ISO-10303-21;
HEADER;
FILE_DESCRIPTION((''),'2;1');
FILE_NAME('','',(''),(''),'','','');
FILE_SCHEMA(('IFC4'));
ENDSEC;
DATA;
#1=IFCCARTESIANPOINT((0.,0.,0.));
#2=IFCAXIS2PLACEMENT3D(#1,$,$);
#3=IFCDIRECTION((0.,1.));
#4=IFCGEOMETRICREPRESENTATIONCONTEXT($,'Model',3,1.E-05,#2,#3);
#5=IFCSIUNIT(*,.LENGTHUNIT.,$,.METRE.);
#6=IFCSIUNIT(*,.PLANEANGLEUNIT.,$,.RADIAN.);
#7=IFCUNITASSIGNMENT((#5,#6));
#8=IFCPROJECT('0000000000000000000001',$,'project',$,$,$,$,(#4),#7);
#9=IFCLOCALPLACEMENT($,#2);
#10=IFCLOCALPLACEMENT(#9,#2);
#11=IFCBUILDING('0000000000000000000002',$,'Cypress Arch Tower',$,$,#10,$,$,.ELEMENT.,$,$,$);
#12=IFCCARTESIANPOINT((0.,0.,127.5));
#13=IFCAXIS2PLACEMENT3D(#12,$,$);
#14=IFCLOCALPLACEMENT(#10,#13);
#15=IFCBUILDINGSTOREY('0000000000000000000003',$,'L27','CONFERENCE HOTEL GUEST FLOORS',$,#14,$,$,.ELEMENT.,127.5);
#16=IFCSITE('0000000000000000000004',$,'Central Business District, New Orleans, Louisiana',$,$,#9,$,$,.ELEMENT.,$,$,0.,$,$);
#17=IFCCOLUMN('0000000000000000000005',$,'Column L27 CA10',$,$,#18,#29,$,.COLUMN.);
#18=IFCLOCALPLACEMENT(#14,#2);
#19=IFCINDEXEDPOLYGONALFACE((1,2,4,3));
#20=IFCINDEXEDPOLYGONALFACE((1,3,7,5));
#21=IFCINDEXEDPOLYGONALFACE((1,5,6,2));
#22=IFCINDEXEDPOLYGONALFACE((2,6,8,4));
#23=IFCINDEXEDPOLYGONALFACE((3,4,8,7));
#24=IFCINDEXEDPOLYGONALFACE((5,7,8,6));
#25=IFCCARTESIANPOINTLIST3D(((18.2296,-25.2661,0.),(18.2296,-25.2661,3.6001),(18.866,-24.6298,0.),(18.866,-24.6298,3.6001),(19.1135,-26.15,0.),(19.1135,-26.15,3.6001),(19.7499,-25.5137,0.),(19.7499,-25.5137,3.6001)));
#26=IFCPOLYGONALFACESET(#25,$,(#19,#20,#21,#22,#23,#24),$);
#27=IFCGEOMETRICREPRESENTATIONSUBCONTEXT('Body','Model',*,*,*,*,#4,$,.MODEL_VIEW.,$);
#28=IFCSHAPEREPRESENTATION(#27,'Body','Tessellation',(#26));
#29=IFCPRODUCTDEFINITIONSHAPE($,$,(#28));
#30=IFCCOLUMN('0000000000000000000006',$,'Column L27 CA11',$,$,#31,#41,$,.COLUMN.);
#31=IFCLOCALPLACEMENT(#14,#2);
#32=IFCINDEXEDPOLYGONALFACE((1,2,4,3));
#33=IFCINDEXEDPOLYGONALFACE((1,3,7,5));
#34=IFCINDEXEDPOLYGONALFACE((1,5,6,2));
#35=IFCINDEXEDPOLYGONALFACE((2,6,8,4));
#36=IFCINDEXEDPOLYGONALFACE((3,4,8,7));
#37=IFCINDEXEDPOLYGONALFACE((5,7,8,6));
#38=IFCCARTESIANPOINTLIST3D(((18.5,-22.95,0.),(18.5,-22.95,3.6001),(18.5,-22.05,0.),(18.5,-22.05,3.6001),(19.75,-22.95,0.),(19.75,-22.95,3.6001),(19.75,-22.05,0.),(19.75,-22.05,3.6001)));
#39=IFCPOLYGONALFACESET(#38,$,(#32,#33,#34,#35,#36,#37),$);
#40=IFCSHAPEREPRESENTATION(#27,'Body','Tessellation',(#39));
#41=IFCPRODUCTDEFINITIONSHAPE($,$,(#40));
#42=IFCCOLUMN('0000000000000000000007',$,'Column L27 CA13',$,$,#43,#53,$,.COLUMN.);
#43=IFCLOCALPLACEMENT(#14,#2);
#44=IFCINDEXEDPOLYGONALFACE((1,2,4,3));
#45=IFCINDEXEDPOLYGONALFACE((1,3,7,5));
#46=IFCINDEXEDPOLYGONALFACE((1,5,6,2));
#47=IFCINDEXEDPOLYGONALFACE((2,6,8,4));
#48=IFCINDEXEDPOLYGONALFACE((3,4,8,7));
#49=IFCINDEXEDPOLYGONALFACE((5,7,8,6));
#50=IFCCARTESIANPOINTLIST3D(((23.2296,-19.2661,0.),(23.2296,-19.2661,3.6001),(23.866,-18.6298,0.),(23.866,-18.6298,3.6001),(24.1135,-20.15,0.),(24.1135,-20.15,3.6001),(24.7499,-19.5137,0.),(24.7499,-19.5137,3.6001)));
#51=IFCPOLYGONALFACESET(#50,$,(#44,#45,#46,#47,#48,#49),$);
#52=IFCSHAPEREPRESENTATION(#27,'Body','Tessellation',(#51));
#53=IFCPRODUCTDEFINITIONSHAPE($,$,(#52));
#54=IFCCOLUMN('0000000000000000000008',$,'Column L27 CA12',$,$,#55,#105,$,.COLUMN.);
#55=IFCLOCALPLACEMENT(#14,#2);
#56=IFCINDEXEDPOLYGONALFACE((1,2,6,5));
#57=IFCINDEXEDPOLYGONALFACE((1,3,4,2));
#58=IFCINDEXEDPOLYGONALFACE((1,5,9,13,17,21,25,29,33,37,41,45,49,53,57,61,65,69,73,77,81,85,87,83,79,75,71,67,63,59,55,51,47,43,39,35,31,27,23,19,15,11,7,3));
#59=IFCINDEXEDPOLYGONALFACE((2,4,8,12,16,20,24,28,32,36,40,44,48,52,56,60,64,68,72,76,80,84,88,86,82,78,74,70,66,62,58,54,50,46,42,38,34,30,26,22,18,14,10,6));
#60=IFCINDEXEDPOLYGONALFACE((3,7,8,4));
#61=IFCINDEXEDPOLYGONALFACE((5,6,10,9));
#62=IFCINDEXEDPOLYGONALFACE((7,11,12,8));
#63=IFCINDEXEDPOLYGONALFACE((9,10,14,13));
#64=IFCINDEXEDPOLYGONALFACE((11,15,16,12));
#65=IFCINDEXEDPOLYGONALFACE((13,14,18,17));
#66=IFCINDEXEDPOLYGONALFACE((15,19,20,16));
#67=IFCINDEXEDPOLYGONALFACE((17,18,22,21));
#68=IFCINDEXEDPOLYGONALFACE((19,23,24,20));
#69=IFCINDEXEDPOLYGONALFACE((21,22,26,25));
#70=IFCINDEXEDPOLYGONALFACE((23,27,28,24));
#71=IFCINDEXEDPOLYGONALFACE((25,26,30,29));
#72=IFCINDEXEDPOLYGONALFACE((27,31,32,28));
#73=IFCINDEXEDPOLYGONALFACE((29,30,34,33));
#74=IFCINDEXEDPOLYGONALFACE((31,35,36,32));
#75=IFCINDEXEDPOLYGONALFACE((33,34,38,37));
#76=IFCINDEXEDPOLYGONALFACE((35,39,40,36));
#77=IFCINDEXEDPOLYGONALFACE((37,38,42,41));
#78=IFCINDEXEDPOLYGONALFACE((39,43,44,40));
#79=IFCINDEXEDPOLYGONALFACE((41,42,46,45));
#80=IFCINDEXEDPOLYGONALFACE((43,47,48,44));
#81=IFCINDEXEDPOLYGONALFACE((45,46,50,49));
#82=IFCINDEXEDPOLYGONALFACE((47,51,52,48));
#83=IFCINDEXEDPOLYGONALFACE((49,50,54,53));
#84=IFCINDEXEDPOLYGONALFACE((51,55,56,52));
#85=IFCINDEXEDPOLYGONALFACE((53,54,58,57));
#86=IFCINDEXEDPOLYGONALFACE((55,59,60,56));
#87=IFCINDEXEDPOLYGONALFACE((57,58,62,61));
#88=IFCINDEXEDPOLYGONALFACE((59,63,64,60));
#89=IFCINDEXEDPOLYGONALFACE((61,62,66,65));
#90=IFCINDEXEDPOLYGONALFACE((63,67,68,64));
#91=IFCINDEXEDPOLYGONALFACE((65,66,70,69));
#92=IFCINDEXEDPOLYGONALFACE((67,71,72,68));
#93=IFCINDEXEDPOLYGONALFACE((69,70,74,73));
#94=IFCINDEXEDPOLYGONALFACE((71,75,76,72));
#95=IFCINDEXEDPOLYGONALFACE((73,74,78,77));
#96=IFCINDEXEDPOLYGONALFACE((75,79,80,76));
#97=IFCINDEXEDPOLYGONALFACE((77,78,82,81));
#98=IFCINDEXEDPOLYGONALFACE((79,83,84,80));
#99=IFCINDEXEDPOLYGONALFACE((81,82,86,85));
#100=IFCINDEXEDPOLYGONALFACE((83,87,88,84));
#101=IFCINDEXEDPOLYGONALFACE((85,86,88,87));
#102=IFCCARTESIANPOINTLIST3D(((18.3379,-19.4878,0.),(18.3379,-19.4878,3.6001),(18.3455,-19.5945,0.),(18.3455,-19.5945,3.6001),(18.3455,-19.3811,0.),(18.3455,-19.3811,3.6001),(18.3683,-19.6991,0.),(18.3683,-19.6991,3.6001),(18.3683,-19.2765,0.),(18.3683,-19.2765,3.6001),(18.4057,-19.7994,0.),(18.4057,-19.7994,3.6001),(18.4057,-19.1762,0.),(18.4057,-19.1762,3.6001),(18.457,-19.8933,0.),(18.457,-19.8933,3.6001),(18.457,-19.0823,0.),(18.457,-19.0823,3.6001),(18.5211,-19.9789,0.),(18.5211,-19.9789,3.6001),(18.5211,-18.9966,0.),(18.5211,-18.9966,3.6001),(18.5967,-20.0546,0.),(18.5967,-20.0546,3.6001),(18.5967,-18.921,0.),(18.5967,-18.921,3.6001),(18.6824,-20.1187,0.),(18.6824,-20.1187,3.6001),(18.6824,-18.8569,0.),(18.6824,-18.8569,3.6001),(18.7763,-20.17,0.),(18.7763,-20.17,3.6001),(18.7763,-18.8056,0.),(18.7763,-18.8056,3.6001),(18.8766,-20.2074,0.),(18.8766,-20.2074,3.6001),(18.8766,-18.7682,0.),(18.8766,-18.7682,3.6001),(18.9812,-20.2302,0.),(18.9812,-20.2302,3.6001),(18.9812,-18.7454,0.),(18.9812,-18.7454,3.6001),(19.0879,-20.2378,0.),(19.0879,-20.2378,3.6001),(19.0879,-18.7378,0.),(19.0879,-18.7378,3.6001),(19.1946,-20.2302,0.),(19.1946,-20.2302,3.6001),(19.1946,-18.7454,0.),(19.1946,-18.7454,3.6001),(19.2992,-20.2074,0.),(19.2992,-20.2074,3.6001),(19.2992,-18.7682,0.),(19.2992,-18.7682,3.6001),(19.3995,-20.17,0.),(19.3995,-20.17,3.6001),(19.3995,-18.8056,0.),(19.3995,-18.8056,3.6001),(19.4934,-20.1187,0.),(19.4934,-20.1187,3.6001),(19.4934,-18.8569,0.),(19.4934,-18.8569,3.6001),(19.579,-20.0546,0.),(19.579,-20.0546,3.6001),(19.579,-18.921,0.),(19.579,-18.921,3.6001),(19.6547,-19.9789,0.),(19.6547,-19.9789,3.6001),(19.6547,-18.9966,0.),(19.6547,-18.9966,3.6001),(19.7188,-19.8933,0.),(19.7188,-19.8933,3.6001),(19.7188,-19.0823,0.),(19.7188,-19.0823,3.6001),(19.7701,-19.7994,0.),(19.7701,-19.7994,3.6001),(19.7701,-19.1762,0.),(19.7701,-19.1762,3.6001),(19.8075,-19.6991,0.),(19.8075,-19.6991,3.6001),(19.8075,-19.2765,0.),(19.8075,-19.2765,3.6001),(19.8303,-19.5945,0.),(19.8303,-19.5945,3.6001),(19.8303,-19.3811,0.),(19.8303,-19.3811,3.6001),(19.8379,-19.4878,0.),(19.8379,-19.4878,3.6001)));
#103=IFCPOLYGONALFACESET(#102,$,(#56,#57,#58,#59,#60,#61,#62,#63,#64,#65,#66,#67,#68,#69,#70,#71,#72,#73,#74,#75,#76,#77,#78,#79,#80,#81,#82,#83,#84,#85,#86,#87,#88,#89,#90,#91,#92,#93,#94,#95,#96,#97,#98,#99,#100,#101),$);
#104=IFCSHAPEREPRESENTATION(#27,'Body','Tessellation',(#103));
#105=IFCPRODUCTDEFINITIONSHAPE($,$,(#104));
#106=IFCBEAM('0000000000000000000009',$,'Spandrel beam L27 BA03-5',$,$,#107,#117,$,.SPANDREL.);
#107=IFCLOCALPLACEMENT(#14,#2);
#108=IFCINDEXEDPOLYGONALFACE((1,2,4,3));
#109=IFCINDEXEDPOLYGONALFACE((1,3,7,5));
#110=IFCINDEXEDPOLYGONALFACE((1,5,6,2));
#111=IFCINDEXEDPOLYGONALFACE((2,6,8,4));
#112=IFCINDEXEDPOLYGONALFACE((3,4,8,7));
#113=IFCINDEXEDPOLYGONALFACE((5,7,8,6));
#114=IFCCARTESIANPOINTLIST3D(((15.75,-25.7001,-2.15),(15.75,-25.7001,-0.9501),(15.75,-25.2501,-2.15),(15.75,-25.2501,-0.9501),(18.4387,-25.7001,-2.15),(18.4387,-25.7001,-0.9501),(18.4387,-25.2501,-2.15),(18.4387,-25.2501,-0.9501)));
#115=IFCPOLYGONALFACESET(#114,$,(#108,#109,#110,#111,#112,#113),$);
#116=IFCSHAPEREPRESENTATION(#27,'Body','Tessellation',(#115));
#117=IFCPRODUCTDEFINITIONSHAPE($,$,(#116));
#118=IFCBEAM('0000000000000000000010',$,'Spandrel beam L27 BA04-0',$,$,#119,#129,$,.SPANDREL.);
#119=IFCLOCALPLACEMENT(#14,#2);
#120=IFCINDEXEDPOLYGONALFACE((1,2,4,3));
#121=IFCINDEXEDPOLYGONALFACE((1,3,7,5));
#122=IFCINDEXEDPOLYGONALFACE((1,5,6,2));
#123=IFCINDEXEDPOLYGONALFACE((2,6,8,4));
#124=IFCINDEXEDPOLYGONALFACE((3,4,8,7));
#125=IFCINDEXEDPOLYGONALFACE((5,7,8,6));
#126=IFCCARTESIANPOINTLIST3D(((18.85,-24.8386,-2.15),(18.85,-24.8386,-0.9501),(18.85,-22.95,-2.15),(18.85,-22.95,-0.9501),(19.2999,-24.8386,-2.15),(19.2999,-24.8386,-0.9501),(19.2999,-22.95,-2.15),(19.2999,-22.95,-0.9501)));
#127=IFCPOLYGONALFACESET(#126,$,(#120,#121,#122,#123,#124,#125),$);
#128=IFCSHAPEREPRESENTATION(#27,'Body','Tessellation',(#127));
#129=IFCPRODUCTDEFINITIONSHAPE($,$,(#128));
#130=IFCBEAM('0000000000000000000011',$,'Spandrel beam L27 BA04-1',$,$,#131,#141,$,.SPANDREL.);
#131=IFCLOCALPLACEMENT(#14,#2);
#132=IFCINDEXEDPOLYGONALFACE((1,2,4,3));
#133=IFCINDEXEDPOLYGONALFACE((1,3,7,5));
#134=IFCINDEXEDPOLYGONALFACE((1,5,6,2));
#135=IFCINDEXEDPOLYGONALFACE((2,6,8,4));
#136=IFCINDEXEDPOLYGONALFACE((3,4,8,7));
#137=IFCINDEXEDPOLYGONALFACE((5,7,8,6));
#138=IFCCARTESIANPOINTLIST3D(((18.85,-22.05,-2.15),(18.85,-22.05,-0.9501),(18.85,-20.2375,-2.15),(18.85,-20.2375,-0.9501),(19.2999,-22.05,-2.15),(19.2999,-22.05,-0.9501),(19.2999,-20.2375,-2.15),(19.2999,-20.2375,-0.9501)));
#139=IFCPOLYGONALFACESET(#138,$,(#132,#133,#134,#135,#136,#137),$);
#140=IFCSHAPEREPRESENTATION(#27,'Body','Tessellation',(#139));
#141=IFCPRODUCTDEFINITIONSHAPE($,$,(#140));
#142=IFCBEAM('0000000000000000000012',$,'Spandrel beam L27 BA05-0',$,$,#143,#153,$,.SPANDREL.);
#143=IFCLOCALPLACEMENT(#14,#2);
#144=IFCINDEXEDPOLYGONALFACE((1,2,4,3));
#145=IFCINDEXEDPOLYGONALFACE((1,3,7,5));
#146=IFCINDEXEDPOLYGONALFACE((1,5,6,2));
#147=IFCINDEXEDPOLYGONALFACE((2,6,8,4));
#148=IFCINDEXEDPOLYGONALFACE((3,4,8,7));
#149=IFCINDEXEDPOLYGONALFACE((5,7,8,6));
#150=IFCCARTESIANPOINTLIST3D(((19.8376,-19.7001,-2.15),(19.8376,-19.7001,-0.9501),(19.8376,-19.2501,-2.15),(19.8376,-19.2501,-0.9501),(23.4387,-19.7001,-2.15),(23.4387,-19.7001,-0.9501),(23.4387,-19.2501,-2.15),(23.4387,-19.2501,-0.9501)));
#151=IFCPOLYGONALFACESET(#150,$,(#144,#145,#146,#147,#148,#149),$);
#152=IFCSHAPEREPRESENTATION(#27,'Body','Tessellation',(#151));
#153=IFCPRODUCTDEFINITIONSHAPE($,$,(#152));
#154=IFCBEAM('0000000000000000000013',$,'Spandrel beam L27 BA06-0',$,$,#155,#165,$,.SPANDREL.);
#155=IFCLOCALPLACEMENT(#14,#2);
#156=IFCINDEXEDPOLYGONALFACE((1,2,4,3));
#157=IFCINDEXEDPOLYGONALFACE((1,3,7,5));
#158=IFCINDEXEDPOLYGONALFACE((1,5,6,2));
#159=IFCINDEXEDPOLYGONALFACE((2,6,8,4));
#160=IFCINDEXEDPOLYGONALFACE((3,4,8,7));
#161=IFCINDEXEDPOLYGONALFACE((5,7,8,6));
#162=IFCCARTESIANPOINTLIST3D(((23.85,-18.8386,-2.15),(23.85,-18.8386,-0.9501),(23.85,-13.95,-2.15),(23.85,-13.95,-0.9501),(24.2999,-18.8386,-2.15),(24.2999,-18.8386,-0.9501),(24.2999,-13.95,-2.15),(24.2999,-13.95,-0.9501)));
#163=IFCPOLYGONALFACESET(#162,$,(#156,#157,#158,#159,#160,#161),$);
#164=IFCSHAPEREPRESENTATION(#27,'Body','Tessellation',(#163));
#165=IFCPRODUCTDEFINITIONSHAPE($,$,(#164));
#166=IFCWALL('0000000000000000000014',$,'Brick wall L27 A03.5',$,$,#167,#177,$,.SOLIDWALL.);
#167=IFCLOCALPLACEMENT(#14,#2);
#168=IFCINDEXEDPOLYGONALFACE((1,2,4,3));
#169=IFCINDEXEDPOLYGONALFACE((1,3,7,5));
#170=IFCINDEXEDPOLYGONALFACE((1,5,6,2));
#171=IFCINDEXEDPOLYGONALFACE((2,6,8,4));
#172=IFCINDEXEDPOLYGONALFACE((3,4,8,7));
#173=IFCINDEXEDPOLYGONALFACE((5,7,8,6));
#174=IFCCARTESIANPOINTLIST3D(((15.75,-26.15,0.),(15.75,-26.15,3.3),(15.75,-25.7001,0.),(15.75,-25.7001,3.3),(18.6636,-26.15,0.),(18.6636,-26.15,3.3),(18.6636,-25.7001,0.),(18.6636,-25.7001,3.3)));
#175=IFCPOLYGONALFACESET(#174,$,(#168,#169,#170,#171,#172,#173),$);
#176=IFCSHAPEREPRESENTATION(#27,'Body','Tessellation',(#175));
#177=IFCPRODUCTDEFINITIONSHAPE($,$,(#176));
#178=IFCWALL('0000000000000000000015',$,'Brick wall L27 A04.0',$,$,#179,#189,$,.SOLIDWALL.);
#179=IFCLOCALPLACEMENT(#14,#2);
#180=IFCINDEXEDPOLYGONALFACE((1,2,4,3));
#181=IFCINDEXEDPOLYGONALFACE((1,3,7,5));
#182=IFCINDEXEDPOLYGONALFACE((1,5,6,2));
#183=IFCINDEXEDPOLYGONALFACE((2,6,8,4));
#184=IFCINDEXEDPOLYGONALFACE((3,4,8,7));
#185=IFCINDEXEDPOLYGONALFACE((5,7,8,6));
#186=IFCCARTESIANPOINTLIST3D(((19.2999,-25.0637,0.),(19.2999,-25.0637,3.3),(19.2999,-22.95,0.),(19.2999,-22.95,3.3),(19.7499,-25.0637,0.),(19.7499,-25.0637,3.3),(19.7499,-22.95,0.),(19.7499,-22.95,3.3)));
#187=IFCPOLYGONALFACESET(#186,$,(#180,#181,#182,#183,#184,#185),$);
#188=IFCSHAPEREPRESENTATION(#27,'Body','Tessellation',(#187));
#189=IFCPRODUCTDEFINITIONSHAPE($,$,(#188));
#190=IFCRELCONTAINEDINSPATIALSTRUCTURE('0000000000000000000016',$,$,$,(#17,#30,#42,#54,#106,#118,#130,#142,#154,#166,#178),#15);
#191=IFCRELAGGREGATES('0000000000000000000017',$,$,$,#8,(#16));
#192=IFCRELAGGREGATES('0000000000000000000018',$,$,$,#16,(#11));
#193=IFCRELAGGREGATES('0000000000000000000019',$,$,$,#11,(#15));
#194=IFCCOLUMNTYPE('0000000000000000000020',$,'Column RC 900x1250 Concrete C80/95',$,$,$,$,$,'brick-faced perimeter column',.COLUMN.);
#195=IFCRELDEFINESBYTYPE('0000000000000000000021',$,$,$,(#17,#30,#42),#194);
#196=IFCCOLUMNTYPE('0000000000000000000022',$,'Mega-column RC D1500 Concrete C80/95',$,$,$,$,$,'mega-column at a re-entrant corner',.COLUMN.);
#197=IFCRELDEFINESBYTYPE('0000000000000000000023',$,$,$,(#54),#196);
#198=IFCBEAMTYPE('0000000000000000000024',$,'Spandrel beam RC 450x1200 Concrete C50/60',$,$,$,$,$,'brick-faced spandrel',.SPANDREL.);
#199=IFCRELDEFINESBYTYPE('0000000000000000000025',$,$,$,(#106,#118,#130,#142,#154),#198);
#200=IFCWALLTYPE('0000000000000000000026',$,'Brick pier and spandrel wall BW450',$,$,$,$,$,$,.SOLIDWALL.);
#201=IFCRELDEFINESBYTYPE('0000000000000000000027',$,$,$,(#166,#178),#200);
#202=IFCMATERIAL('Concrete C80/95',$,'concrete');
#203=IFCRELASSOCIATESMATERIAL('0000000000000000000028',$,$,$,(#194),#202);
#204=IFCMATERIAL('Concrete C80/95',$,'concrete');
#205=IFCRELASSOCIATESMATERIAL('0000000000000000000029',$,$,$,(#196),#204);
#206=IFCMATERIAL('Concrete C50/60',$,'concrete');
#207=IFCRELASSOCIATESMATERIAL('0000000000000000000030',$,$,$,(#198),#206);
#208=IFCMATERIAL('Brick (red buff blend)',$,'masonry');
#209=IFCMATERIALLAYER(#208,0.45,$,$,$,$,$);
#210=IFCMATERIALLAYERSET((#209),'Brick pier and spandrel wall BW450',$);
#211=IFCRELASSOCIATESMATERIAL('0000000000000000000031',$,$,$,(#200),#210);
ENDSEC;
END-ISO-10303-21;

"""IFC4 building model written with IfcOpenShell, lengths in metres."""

from ifc_helpers import new_model, si_unit, direction, frame, frame_2d, origin, origin_2d, place, context, subcontext, project, spatial, rectangle, circle, extrude, material, layer, layer_set, material_profile, profile_set, type_object, element, save


model = new_model("IFC4")

# Units and contexts
model_context = context("Model", 3, precision=1e-05, world=origin(), true_north=direction((0.0, 1.0)))
body_context = subcontext(model_context, "Body", "Model", "MODEL_VIEW")
ifc_project = project(units=[si_unit("LENGTHUNIT", "METRE"), si_unit("PLANEANGLEUNIT", "RADIAN")], contexts=[model_context])

# Site, building, storey
site_placement = place(None, origin())
site = spatial("IfcSite", under=ifc_project, at=site_placement, Name="Central Business District, New Orleans, Louisiana", CompositionType="ELEMENT", RefElevation=0.0)
building_placement = place(site_placement, origin())
building = spatial("IfcBuilding", under=site, at=building_placement, Name="Cypress Arch Tower", CompositionType="ELEMENT")
storey_placement = place(building_placement, frame((0.0, 0.0, 127.5)))
storey = spatial("IfcBuildingStorey", under=building, at=storey_placement, Name="L27", Description="CONFERENCE HOTEL GUEST FLOORS", CompositionType="ELEMENT", Elevation=127.5)

# Columns
ifc_material_1 = material(Name="Concrete C80/95", Category="concrete")
ifc_material_profile_1 = material_profile(ifc_material_1, rectangle(XDim=0.8999, YDim=1.25, at=origin_2d()), Name="RC 900x1250")
ifc_profile_set_1 = profile_set([ifc_material_profile_1], Name="Concrete C80/95")
column_type_1 = type_object("IfcColumnType", Name="Column RC 900x1250 Concrete C80/95", ElementType="brick-faced perimeter column", PredefinedType="COLUMN", material=ifc_profile_set_1)
for number, where, z_axis, x_axis, name in (
    (1, (18.9897, -25.3899, 0.0), (0.0, 0.0, 1.0), (0.707107, 0.707107, 0.0), "Column L27 CA10"),
    (2, (19.125, -22.5, 0.0), (0.0, 0.0, 1.0), (0.0, 1.0, 0.0), "Column L27 CA11"),
    (3, (23.9897, -19.3899, 0.0), (0.0, 0.0, 1.0), (0.707107, 0.707107, 0.0), "Column L27 CA13"),
):
    element("IfcColumn", number, at=place(storey_placement, frame(where, z_axis=z_axis, x_axis=x_axis)), inside=storey, type_object=column_type_1, Name=name, PredefinedType="COLUMN", context=body_context, shape_type="SweptSolid", body=[
        extrude(rectangle(XDim=0.8999, YDim=1.25, at=origin_2d()), origin(), (0.0, 0.0, 1.0), 3.6001),
    ])
ifc_material_2 = material(Name="Concrete C80/95", Category="concrete")
ifc_material_profile_2 = material_profile(ifc_material_2, circle(Radius=0.75, at=origin_2d()), Name="RC D1500")
ifc_profile_set_2 = profile_set([ifc_material_profile_2], Name="Concrete C80/95")
column_type_2 = type_object("IfcColumnType", Name="Mega-column RC D1500 Concrete C80/95", ElementType="mega-column at a re-entrant corner", PredefinedType="COLUMN", material=ifc_profile_set_2)
column_placement = place(storey_placement, frame((19.0879, -19.4878, 0.0), z_axis=(0.0, 0.0, 1.0), x_axis=(1.0, 0.0, 0.0)))
element("IfcColumn", 4, at=column_placement, inside=storey, type_object=column_type_2, Name="Column L27 CA12", PredefinedType="COLUMN", context=body_context, shape_type="SweptSolid", body=[
    extrude(circle(Radius=0.75, at=origin_2d()), origin(), (0.0, 0.0, 1.0), 3.6001),
])

# Beams
ifc_material_3 = material(Name="Concrete C50/60", Category="concrete")
ifc_material_profile_3 = material_profile(ifc_material_3, rectangle(XDim=0.45, YDim=1.2, at=origin_2d()), Name="RC 450x1200")
ifc_profile_set_3 = profile_set([ifc_material_profile_3], Name="Concrete C50/60")
beam_type = type_object("IfcBeamType", Name="Spandrel beam RC 450x1200 Concrete C50/60", ElementType="brick-faced spandrel", PredefinedType="SPANDREL", material=ifc_profile_set_3)
beam_1_placement = place(storey_placement, frame((15.75, -25.4751, -1.55), z_axis=(1.0, 0.0, 0.0), x_axis=(0.0, 1.0, 0.0)))
element("IfcBeam", 5, at=beam_1_placement, inside=storey, type_object=beam_type, Name="Spandrel beam L27 BA03-5", PredefinedType="SPANDREL", context=body_context, shape_type="SweptSolid", body=[
    extrude(rectangle(XDim=0.45, YDim=1.2, at=origin_2d()), origin(), (0.0, 0.0, 1.0), 2.6887),
])
beam_2_placement = place(storey_placement, frame((19.075, -24.8386, -1.55), z_axis=(0.0, 1.0, 0.0), x_axis=(-1.0, 0.0, 0.0)))
element("IfcBeam", 6, at=beam_2_placement, inside=storey, type_object=beam_type, Name="Spandrel beam L27 BA04-0", PredefinedType="SPANDREL", context=body_context, shape_type="SweptSolid", body=[
    extrude(rectangle(XDim=0.45, YDim=1.2, at=origin_2d()), origin(), (0.0, 0.0, 1.0), 1.8887),
])
beam_3_placement = place(storey_placement, frame((19.075, -22.05, -1.55), z_axis=(0.0, 1.0, 0.0), x_axis=(-1.0, 0.0, 0.0)))
element("IfcBeam", 7, at=beam_3_placement, inside=storey, type_object=beam_type, Name="Spandrel beam L27 BA04-1", PredefinedType="SPANDREL", context=body_context, shape_type="SweptSolid", body=[
    extrude(rectangle(XDim=0.45, YDim=1.2, at=origin_2d()), origin(), (0.0, 0.0, 1.0), 1.8125),
])
beam_4_placement = place(storey_placement, frame((19.8376, -19.4751, -1.55), z_axis=(1.0, 0.0, 0.0), x_axis=(0.0, 1.0, 0.0)))
element("IfcBeam", 8, at=beam_4_placement, inside=storey, type_object=beam_type, Name="Spandrel beam L27 BA05-0", PredefinedType="SPANDREL", context=body_context, shape_type="SweptSolid", body=[
    extrude(rectangle(XDim=0.45, YDim=1.2, at=origin_2d()), origin(), (0.0, 0.0, 1.0), 3.6011),
])
beam_5_placement = place(storey_placement, frame((24.075, -18.8386, -1.55), z_axis=(0.0, 1.0, 0.0), x_axis=(-1.0, 0.0, 0.0)))
element("IfcBeam", 9, at=beam_5_placement, inside=storey, type_object=beam_type, Name="Spandrel beam L27 BA06-0", PredefinedType="SPANDREL", context=body_context, shape_type="SweptSolid", body=[
    extrude(rectangle(XDim=0.45, YDim=1.2, at=origin_2d()), origin(), (0.0, 0.0, 1.0), 4.8887),
])

# Walls
ifc_material_4 = material(Name="Brick (red buff blend)", Category="masonry")
ifc_layer_1 = layer(ifc_material_4, 0.45)
ifc_layer_set_1 = layer_set([ifc_layer_1], Name="Brick pier and spandrel wall BW450")
wall_type_1 = type_object("IfcWallType", Name="Brick pier and spandrel wall BW450", PredefinedType="SOLIDWALL", material=ifc_layer_set_1)
wall_1_placement = place(storey_placement, frame((15.75, -25.925, 0.0), z_axis=(0.0, 0.0, 1.0), x_axis=(1.0, 0.0, 0.0)))
element("IfcWall", 10, at=wall_1_placement, inside=storey, type_object=wall_type_1, Name="Brick wall L27 A03.5", PredefinedType="SOLIDWALL", context=body_context, shape_type="SweptSolid", body=[
    extrude(rectangle(XDim=2.9136, YDim=0.45, at=frame_2d((1.4568, 0.0))), origin(), (0.0, 0.0, 1.0), 3.3),
])
wall_2_placement = place(storey_placement, frame((19.5249, -25.0637, 0.0), z_axis=(0.0, 0.0, 1.0), x_axis=(0.0, 1.0, 0.0)))
element("IfcWall", 11, at=wall_2_placement, inside=storey, type_object=wall_type_1, Name="Brick wall L27 A04.0", PredefinedType="SOLIDWALL", context=body_context, shape_type="SweptSolid", body=[
    extrude(rectangle(XDim=2.1138, YDim=0.45, at=frame_2d((1.0569, 0.0))), origin(), (0.0, 0.0, 1.0), 3.3),
])

save(model, "model.ifc")
